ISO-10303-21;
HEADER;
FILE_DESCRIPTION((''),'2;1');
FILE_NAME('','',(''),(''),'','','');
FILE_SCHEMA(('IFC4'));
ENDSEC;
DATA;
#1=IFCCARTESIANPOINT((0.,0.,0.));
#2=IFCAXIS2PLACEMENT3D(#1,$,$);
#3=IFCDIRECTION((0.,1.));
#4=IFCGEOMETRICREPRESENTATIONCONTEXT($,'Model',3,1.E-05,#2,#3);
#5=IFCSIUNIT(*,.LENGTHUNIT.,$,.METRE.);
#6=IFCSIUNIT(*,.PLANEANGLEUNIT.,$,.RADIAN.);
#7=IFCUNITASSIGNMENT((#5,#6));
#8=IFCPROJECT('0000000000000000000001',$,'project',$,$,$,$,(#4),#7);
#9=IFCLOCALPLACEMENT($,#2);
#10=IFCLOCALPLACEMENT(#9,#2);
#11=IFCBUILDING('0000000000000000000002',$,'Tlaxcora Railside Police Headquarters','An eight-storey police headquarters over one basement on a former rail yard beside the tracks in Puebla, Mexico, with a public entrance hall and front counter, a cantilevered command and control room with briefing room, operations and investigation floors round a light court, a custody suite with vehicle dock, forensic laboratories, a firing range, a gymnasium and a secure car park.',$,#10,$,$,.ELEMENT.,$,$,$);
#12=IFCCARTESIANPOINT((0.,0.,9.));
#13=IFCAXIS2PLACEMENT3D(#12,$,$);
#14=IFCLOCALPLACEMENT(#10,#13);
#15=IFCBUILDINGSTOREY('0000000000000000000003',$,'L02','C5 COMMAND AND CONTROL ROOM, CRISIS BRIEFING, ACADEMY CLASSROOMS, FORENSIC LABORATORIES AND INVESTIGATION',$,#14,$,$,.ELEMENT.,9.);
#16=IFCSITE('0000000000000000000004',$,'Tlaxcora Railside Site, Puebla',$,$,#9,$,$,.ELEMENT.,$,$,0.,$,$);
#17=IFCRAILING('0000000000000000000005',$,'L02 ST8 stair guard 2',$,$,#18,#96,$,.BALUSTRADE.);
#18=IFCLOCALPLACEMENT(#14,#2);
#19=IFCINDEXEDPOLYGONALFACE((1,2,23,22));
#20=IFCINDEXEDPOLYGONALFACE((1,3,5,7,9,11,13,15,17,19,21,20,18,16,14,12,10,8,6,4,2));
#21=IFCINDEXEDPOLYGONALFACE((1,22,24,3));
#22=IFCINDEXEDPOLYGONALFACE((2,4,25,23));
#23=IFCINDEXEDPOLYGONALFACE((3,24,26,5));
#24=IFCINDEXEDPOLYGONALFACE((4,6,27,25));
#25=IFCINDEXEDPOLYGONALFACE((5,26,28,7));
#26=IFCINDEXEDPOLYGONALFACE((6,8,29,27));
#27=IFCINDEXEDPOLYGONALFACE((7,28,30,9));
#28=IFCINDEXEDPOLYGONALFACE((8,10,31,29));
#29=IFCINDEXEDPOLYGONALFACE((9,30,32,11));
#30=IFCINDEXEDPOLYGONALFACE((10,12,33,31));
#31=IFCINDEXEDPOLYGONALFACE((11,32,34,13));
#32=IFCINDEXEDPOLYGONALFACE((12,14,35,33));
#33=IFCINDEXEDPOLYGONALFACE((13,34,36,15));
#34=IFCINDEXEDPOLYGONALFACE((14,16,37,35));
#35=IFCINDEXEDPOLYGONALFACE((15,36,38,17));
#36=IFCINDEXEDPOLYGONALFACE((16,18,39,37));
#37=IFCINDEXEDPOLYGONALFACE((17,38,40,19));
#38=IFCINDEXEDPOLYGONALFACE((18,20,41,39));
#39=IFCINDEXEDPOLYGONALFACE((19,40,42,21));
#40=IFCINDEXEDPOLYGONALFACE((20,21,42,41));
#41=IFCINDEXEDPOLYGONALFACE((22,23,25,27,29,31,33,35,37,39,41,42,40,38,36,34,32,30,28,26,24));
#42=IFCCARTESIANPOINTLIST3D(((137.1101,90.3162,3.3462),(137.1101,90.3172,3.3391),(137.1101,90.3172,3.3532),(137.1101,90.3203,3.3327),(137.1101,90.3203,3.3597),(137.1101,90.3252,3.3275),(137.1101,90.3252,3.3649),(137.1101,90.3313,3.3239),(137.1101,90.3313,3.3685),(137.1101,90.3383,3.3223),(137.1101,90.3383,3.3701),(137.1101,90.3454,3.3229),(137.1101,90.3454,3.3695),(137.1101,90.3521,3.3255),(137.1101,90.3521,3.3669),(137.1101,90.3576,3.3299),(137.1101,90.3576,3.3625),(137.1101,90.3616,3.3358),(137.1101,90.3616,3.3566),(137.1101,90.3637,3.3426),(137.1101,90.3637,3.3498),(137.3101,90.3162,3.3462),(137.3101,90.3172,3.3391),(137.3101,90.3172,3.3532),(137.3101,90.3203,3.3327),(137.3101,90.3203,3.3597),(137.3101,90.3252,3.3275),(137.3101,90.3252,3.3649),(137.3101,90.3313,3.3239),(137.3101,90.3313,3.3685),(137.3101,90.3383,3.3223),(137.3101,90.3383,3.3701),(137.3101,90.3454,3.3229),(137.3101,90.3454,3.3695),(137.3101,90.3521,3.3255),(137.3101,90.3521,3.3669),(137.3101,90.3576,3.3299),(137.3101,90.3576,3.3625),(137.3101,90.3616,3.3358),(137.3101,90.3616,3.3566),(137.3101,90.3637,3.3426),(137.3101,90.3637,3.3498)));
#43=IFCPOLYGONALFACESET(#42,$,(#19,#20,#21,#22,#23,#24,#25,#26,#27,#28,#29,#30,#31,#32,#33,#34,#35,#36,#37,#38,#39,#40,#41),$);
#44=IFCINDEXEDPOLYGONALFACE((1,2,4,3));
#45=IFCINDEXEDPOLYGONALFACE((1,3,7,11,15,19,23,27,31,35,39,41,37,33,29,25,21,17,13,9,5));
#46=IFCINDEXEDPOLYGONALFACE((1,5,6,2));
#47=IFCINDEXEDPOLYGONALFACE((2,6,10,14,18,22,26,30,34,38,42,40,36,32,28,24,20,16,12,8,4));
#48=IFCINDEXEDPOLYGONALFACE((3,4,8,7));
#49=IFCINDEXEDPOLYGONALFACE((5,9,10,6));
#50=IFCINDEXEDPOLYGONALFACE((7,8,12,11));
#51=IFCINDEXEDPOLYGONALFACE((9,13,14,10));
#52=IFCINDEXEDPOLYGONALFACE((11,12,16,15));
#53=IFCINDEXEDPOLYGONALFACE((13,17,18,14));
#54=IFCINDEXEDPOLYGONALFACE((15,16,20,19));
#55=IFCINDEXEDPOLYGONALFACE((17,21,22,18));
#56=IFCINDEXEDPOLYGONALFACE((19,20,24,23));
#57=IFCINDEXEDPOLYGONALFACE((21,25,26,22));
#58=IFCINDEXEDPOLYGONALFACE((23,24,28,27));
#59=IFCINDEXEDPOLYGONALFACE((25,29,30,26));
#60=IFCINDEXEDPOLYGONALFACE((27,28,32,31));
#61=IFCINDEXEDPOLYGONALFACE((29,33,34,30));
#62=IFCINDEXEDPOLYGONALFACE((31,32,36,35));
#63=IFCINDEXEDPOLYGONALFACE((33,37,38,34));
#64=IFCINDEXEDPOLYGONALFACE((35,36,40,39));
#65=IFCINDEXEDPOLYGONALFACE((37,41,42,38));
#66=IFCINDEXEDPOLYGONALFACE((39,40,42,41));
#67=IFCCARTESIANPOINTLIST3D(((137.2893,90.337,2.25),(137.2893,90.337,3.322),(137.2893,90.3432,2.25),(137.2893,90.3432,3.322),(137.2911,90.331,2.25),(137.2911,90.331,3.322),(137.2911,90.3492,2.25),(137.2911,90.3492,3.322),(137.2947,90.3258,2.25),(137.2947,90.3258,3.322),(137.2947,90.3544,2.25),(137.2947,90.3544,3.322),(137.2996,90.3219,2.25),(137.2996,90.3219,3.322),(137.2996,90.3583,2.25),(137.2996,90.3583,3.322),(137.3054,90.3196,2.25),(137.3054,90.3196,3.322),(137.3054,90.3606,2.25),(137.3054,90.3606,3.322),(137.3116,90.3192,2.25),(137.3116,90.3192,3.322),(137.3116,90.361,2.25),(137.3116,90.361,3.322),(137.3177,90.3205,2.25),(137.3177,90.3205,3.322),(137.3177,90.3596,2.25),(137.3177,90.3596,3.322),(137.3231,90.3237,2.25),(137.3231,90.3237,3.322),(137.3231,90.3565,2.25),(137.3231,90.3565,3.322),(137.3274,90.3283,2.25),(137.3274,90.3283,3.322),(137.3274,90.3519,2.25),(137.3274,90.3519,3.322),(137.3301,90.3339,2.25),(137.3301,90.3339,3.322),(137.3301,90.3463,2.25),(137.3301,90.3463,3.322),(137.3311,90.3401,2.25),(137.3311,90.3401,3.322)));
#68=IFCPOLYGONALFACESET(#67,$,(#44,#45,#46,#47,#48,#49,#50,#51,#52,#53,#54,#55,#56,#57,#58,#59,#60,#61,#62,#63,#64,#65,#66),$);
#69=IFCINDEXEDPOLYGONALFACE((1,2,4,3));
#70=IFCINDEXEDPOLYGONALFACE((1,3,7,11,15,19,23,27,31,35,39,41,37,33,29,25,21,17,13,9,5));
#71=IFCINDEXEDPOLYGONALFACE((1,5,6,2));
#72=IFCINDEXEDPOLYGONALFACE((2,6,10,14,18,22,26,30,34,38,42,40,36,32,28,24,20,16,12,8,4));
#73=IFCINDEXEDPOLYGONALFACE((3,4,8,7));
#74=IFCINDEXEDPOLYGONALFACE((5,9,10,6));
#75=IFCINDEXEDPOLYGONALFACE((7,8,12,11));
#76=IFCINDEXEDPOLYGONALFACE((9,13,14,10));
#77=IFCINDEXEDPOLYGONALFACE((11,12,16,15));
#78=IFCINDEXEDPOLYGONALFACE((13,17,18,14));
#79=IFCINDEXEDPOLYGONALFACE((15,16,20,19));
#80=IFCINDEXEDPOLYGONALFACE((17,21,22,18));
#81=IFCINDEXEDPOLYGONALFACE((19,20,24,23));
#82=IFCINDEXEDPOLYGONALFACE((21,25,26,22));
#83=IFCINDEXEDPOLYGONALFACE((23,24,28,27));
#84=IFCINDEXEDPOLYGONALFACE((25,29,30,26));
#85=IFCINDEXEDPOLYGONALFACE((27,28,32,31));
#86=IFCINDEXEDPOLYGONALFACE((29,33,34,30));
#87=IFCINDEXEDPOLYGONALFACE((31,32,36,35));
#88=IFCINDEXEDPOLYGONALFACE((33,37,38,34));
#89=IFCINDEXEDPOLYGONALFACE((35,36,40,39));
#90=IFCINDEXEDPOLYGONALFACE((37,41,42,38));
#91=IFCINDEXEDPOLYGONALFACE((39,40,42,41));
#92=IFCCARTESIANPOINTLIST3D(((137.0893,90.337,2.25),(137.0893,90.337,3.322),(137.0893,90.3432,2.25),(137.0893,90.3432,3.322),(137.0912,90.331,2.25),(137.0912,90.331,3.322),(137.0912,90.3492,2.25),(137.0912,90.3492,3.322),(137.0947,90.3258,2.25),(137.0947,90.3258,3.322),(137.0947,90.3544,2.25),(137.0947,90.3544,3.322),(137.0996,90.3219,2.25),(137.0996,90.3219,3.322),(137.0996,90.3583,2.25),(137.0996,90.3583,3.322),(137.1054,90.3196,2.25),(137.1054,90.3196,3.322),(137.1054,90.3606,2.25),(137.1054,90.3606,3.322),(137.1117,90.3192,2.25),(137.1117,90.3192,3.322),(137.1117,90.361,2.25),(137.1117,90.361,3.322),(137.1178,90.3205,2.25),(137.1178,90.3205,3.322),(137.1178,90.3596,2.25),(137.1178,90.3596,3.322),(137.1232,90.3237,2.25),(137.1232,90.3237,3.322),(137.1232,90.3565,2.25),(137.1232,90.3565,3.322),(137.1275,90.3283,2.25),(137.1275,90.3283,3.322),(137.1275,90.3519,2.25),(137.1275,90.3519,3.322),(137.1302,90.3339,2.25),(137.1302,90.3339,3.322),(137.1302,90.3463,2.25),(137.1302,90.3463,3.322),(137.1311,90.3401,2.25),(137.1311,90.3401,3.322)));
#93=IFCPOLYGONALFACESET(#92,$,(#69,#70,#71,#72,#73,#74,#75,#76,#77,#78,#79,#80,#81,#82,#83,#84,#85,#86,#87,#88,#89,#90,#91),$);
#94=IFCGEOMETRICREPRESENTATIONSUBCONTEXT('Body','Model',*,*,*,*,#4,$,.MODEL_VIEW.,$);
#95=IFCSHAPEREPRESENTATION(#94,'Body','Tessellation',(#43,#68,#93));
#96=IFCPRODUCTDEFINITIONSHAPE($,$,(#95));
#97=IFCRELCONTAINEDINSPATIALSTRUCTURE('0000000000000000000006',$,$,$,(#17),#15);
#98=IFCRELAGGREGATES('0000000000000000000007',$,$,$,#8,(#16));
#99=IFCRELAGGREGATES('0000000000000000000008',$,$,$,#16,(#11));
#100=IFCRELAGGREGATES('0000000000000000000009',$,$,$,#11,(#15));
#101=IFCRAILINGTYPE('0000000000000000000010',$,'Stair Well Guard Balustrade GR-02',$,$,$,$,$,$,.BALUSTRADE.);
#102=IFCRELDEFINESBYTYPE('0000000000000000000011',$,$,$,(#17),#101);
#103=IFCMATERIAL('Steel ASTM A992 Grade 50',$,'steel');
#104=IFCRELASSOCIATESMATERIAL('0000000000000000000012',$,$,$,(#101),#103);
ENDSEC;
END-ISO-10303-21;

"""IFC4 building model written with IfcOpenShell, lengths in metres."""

from ifc_helpers import new_model, si_unit, direction, frame, origin, origin_2d, place, context, subcontext, project, spatial, circle, extrude, material, type_object, element, save


model = new_model("IFC4")

# Units and contexts
model_context = context("Model", 3, precision=1e-05, world=origin(), true_north=direction((0.0, 1.0)))
body_context = subcontext(model_context, "Body", "Model", "MODEL_VIEW")
ifc_project = project(units=[si_unit("LENGTHUNIT", "METRE"), si_unit("PLANEANGLEUNIT", "RADIAN")], contexts=[model_context])

# Site, building, storey
site_placement = place(None, origin())
site = spatial("IfcSite", under=ifc_project, at=site_placement, Name="Tlaxcora Railside Site, Puebla", CompositionType="ELEMENT", RefElevation=0.0)
building_placement = place(site_placement, origin())
building = spatial("IfcBuilding", under=site, at=building_placement, Name="Tlaxcora Railside Police Headquarters", Description="An eight-storey police headquarters over one basement on a former rail yard beside the tracks in Puebla, Mexico, with a public entrance hall and front counter, a cantilevered command and control room with briefing room, operations and investigation floors round a light court, a custody suite with vehicle dock, forensic laboratories, a firing range, a gymnasium and a secure car park.", CompositionType="ELEMENT")
storey_placement = place(building_placement, frame((0.0, 0.0, 9.0)))
storey = spatial("IfcBuildingStorey", under=building, at=storey_placement, Name="L02", Description="C5 COMMAND AND CONTROL ROOM, CRISIS BRIEFING, ACADEMY CLASSROOMS, FORENSIC LABORATORIES AND INVESTIGATION", CompositionType="ELEMENT", Elevation=9.0)

# Shared definitions
ifc_material_1 = material(Name="Steel ASTM A992 Grade 50", Category="steel")

# Railing
railing_type_1 = type_object("IfcRailingType", Name="Stair Well Guard Balustrade GR-02", PredefinedType="BALUSTRADE", material=ifc_material_1)
railing_1_placement = place(storey_placement, frame((137.3101, 90.3401, 2.25)))
element("IfcRailing", 1, at=railing_1_placement, inside=storey, type_object=railing_type_1, Name="L02 ST8 stair guard 2", PredefinedType="BALUSTRADE", context=body_context, shape_type="SweptSolid", body=[
    extrude(circle(Radius=0.0239, at=origin_2d()), frame((0.0, 0.0, 1.0962), z_axis=(-1.0, 0.0, 0.0), x_axis=(0.0, -1.0, 0.0)), (0.0, 0.0, 1.0), 0.2),
    extrude(circle(Radius=0.021, at=origin_2d()), origin(), (0.0, 0.0, 1.0), 1.072),
    extrude(circle(Radius=0.021, at=origin_2d()), frame((-0.2, 0.0, 0.0)), (0.0, 0.0, 1.0), 1.072),
])

save(model, "model.ifc")
